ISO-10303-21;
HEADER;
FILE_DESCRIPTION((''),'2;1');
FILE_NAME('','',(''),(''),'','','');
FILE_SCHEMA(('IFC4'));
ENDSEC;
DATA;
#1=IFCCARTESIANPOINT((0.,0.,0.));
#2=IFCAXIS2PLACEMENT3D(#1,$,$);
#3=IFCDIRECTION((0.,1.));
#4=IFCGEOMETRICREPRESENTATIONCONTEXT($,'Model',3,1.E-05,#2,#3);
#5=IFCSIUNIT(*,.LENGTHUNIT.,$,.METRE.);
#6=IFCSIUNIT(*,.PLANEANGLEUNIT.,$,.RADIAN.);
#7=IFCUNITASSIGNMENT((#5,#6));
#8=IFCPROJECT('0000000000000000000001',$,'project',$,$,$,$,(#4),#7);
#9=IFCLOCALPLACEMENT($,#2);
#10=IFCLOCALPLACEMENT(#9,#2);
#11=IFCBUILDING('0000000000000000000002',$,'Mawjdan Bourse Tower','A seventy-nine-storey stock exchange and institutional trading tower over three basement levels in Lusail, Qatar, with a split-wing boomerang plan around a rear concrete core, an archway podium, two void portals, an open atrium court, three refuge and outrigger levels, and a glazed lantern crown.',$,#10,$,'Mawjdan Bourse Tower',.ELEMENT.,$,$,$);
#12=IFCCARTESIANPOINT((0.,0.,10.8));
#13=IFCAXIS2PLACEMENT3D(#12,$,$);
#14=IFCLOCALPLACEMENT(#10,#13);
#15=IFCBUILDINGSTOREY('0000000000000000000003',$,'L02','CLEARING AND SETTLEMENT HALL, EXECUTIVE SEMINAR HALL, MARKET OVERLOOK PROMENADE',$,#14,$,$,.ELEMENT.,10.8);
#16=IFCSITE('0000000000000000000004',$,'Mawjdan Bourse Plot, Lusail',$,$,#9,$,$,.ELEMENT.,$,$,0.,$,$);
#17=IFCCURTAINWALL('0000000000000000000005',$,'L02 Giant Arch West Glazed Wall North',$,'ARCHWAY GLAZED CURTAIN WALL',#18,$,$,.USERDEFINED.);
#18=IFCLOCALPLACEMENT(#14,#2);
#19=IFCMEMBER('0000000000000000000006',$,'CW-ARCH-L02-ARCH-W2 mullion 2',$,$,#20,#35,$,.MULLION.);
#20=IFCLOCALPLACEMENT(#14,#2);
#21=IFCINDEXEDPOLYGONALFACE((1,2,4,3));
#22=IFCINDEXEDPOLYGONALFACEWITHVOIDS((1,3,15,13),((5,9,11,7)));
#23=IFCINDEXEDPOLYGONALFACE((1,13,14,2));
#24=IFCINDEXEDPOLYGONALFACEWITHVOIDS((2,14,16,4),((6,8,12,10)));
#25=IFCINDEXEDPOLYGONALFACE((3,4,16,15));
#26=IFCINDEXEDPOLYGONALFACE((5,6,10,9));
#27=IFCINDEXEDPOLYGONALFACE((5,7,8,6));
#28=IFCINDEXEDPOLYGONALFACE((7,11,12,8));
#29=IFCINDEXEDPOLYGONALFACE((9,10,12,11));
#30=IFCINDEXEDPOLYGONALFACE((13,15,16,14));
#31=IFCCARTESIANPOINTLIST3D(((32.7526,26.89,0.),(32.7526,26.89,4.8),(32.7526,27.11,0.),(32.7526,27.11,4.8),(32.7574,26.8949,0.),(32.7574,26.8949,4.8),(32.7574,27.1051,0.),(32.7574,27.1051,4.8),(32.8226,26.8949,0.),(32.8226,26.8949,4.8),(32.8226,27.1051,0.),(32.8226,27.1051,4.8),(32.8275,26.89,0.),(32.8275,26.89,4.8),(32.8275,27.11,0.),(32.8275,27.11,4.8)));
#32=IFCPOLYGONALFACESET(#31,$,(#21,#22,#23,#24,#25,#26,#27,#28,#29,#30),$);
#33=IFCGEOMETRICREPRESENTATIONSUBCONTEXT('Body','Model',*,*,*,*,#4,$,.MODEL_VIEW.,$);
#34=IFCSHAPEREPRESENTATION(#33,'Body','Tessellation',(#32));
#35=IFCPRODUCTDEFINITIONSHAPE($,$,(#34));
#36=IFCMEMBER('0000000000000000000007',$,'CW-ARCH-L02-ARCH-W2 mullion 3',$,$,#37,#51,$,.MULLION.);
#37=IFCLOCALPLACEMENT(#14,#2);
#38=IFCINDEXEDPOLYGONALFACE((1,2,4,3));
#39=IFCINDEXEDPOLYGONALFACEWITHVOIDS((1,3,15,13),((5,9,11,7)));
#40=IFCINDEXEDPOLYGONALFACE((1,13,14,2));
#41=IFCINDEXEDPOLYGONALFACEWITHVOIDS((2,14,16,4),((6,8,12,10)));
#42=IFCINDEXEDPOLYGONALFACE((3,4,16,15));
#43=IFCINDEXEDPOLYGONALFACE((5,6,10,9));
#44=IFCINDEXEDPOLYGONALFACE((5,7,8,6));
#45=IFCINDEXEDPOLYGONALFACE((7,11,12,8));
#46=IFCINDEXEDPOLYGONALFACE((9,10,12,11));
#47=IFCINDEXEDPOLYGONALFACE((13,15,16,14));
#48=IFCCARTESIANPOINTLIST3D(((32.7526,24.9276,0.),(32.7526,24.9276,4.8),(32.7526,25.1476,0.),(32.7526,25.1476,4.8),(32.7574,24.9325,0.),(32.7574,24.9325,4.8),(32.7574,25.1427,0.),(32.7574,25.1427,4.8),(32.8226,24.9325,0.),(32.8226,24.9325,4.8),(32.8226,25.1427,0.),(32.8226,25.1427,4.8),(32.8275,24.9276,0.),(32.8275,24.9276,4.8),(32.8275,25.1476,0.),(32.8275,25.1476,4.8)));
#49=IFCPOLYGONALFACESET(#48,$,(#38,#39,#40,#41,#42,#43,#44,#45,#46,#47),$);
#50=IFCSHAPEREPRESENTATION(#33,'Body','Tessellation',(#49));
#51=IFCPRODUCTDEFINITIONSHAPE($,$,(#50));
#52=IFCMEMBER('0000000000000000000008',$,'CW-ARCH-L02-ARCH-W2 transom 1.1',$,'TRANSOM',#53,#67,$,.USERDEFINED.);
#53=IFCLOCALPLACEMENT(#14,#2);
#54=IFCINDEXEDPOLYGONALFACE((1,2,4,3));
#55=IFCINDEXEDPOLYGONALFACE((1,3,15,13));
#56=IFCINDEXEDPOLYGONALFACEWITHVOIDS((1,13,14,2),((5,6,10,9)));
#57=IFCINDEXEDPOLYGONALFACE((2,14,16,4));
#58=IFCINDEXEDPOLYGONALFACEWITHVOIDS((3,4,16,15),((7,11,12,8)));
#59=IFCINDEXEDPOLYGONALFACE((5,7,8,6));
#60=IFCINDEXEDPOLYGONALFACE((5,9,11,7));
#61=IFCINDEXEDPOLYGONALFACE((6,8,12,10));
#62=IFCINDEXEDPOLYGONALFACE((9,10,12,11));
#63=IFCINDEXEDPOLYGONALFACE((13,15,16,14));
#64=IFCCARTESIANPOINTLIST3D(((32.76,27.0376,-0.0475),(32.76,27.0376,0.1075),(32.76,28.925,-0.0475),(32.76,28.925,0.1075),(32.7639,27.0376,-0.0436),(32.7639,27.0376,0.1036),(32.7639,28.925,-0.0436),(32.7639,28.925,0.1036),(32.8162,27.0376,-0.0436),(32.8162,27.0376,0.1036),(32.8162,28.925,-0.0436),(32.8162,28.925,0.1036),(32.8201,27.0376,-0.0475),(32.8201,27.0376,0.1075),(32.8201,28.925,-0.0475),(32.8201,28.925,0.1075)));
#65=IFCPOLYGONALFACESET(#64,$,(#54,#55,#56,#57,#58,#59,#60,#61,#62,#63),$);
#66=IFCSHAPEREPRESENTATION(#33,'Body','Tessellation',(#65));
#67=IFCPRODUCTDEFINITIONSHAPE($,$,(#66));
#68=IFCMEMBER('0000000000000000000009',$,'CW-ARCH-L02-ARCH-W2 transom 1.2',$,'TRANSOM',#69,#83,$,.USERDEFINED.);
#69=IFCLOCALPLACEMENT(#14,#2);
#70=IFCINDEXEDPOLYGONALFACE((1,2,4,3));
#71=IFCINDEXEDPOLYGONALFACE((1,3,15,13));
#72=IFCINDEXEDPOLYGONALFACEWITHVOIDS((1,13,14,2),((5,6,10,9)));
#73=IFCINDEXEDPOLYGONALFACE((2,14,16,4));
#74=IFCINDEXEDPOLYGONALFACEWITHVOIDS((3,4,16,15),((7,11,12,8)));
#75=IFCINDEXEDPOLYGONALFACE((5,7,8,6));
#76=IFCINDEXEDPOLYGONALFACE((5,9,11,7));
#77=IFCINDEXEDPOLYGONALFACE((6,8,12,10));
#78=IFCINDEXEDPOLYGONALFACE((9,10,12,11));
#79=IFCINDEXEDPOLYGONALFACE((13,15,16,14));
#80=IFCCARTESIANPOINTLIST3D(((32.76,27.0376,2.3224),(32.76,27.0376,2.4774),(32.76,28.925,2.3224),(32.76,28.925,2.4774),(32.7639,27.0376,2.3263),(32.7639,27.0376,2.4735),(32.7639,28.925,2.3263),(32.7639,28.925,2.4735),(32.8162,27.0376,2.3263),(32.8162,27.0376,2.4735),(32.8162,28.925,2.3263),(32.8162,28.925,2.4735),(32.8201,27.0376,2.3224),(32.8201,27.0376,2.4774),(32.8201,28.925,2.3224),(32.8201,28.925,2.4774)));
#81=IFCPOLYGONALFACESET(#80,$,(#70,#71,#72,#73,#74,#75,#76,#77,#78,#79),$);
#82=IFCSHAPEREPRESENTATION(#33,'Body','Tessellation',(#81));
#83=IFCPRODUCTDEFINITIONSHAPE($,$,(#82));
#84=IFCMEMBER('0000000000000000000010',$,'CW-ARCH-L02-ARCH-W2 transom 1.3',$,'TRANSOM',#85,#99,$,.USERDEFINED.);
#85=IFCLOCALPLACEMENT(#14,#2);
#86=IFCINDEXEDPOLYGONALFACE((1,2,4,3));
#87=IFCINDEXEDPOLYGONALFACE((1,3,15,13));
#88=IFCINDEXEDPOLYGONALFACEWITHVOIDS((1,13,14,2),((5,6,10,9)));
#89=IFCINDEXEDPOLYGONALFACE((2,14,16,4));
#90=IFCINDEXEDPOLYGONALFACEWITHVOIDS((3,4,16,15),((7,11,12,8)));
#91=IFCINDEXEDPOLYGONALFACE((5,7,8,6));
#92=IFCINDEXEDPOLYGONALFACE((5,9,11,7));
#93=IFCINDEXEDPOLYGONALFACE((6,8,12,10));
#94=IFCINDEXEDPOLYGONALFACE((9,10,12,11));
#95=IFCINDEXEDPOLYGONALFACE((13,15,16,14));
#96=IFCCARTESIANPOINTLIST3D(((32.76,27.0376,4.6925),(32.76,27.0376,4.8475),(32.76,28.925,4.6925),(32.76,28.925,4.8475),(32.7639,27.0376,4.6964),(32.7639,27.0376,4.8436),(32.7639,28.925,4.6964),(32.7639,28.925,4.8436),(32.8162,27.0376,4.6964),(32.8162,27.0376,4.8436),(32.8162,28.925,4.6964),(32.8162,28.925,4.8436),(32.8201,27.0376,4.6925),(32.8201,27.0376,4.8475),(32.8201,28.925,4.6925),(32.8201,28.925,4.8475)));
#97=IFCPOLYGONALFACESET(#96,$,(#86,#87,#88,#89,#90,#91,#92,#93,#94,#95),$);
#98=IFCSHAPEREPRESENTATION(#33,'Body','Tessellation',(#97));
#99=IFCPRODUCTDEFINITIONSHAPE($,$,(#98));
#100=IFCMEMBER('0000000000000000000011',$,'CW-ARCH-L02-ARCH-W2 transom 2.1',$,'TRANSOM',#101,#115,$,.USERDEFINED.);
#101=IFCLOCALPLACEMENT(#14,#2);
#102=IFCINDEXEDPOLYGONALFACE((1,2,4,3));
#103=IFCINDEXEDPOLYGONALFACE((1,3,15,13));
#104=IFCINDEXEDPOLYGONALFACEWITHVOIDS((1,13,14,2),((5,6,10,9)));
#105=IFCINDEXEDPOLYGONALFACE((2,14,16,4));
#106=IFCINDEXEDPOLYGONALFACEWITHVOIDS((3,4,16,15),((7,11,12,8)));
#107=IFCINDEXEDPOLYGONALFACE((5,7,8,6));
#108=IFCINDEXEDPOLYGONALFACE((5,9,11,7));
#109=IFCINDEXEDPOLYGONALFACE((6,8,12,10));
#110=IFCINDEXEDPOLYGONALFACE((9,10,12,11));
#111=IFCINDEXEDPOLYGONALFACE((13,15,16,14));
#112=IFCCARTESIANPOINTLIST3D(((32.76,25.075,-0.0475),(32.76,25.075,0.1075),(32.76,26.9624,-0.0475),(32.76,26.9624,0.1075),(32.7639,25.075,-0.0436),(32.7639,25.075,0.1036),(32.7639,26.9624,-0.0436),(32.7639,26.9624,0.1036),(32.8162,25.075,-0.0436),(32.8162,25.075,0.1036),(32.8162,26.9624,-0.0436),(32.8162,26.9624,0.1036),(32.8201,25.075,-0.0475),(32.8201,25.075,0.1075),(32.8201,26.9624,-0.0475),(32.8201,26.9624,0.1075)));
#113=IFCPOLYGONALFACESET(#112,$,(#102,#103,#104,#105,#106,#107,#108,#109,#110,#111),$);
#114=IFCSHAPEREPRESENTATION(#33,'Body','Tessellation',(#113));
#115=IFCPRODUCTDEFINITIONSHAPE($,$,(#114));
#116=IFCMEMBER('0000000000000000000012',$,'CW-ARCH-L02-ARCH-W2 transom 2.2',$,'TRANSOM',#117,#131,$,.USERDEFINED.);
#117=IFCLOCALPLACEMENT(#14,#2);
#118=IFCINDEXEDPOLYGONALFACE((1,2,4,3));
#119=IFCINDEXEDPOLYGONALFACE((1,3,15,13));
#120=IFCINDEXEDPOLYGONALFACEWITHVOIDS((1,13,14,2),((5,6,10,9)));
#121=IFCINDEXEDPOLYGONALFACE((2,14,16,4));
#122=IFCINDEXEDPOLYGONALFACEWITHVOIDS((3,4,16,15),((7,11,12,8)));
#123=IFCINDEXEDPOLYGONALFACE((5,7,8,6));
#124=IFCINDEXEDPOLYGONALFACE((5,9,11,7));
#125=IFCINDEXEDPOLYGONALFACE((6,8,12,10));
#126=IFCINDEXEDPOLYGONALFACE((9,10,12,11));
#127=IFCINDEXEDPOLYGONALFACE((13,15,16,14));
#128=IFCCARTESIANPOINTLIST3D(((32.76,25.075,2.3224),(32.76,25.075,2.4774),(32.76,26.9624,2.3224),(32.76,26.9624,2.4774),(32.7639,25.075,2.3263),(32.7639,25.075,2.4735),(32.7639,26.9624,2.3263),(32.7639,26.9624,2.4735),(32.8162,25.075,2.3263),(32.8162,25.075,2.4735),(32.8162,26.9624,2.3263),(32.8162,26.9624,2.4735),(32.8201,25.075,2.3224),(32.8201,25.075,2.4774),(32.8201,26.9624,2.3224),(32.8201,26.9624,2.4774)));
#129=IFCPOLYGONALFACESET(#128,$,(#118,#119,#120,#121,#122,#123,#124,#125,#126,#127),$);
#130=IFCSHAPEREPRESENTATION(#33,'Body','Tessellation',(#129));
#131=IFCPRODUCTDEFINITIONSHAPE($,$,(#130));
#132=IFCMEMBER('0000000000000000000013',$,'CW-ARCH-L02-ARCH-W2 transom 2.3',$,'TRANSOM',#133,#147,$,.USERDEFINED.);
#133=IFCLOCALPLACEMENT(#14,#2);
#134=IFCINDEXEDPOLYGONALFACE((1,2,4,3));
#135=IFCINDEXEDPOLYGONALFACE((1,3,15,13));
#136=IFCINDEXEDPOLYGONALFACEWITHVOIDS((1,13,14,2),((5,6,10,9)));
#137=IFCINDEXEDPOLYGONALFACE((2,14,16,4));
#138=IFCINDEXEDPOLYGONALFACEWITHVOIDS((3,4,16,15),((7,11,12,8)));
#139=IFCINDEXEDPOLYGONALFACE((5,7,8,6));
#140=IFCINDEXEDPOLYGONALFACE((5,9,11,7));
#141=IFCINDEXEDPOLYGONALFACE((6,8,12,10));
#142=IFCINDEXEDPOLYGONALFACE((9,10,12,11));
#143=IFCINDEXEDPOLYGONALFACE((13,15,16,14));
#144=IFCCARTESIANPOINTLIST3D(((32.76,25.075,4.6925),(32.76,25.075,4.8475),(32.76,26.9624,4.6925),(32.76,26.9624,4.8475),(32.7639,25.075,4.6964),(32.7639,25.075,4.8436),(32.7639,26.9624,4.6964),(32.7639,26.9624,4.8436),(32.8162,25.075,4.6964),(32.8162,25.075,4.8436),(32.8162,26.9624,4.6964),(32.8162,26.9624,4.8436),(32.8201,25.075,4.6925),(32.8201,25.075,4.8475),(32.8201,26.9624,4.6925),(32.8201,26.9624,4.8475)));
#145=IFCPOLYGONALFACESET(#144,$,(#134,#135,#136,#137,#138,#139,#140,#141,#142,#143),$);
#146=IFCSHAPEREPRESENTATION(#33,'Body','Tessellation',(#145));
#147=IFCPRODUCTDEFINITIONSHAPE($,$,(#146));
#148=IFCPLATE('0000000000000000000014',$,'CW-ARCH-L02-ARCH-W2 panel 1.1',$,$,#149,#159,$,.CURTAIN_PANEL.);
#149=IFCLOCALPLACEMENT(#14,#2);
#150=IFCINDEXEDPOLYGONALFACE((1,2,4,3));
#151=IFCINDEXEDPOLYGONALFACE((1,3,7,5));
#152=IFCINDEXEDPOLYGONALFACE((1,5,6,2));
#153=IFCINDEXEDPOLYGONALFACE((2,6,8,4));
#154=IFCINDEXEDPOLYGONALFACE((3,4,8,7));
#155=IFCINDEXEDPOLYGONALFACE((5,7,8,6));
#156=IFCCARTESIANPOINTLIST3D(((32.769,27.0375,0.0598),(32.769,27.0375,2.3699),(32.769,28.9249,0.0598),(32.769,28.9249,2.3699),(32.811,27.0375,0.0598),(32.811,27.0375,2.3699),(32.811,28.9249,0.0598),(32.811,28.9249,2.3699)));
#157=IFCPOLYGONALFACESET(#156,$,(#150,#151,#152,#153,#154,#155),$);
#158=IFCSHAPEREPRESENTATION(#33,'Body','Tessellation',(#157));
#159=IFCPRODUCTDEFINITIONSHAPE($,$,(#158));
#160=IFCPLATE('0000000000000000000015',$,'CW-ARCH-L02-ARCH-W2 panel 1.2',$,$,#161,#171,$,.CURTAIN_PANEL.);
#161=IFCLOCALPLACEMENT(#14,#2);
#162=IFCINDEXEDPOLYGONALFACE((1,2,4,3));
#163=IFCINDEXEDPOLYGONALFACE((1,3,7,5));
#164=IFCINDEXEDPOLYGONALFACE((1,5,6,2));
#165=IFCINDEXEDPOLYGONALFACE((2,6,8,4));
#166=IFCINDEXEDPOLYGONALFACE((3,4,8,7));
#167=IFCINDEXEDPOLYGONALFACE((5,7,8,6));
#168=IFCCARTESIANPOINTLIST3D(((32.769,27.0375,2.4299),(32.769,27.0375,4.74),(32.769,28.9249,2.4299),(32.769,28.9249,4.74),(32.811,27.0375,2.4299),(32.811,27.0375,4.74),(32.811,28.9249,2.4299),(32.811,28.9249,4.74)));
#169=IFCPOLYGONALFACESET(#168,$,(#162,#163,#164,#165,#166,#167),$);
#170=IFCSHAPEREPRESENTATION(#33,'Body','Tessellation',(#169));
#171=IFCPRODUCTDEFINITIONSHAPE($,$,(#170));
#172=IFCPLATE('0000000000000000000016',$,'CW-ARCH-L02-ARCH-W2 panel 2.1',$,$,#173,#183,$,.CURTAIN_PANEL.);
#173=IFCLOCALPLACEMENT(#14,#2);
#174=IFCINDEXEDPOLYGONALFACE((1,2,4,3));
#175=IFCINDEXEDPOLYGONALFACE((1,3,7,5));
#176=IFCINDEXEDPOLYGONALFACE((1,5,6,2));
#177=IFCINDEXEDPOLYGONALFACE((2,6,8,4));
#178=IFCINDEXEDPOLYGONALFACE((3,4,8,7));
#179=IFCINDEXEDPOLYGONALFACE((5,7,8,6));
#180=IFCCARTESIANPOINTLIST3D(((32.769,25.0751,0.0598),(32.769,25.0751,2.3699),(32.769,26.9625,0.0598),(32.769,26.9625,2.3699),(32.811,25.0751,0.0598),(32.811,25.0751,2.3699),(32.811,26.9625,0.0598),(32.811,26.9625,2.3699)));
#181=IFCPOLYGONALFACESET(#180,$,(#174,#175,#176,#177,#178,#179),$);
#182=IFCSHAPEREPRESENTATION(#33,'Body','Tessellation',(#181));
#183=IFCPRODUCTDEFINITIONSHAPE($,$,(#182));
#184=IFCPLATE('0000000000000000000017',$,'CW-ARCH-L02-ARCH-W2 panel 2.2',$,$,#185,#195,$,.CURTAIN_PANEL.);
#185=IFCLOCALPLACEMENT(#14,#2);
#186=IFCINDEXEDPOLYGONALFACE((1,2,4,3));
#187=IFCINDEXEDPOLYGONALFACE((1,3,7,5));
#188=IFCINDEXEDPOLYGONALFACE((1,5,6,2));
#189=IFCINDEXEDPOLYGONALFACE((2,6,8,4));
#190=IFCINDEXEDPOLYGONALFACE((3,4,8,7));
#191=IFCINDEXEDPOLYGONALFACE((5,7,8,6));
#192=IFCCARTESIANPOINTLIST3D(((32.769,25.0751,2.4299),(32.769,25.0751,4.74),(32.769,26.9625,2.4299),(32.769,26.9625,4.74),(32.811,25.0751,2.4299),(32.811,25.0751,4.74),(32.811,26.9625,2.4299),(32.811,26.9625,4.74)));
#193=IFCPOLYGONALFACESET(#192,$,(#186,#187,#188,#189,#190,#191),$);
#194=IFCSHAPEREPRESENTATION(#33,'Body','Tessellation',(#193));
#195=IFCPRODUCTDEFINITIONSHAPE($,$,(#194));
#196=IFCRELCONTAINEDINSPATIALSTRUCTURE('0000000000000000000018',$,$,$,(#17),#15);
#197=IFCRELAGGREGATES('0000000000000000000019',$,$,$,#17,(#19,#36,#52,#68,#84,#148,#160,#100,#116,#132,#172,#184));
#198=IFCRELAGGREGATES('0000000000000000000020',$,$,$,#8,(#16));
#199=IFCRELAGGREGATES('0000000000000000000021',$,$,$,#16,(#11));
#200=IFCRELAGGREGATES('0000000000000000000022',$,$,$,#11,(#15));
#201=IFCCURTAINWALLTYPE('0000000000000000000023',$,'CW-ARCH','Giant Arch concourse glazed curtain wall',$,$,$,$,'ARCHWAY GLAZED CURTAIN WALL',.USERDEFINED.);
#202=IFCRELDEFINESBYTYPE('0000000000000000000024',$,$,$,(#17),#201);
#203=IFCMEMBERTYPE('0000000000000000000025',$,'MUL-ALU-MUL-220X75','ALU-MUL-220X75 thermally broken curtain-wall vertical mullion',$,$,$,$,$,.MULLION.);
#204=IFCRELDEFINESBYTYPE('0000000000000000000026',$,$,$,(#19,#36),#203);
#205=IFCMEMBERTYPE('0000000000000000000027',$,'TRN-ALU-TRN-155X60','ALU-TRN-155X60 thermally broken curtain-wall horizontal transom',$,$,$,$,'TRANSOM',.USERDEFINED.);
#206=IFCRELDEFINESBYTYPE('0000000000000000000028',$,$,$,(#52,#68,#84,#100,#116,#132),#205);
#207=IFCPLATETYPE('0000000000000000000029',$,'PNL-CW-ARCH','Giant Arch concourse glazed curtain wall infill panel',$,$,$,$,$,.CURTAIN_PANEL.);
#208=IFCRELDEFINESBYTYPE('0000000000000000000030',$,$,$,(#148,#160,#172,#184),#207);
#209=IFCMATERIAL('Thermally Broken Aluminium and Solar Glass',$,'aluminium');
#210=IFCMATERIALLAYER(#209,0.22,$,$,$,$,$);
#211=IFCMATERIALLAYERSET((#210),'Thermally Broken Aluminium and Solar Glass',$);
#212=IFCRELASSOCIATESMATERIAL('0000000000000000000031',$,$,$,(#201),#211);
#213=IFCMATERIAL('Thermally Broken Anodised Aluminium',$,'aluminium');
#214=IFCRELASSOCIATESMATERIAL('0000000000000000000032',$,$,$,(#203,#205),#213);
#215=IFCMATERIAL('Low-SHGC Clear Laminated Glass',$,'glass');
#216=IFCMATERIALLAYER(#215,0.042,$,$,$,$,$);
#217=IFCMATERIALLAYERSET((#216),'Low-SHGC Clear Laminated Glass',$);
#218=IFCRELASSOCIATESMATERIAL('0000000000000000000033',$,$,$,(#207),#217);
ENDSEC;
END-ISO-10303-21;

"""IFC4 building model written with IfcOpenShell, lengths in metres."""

from ifc_helpers import new_model, si_unit, direction, frame, origin, origin_2d, place, context, subcontext, project, spatial, rectangle, hollow_rectangle, extrude, material, layer, layer_set, material_profile, profile_set, type_object, element, aggregate, save


model = new_model("IFC4")

# Units and contexts
model_context = context("Model", 3, precision=1e-05, world=origin(), true_north=direction((0.0, 1.0)))
body_context = subcontext(model_context, "Body", "Model", "MODEL_VIEW")
ifc_project = project(units=[si_unit("LENGTHUNIT", "METRE"), si_unit("PLANEANGLEUNIT", "RADIAN")], contexts=[model_context])

# Site, building, storey
site_placement = place(None, origin())
site = spatial("IfcSite", under=ifc_project, at=site_placement, Name="Mawjdan Bourse Plot, Lusail", CompositionType="ELEMENT", RefElevation=0.0)
building_placement = place(site_placement, origin())
building = spatial("IfcBuilding", under=site, at=building_placement, Name="Mawjdan Bourse Tower", Description="A seventy-nine-storey stock exchange and institutional trading tower over three basement levels in Lusail, Qatar, with a split-wing boomerang plan around a rear concrete core, an archway podium, two void portals, an open atrium court, three refuge and outrigger levels, and a glazed lantern crown.", LongName="Mawjdan Bourse Tower", CompositionType="ELEMENT")
storey_placement = place(building_placement, frame((0.0, 0.0, 10.8)))
storey = spatial("IfcBuildingStorey", under=building, at=storey_placement, Name="L02", Description="CLEARING AND SETTLEMENT HALL, EXECUTIVE SEMINAR HALL, MARKET OVERLOOK PROMENADE", CompositionType="ELEMENT", Elevation=10.8)

# Curtain wall, members, plates
ifc_material_1 = material(Name="Thermally Broken Aluminium and Solar Glass", Category="aluminium")
ifc_layer_1 = layer(ifc_material_1, 0.22)
ifc_layer_set_1 = layer_set([ifc_layer_1], Name="Thermally Broken Aluminium and Solar Glass")
curtain_wall_type = type_object("IfcCurtainWallType", Name="CW-ARCH", Description="Giant Arch concourse glazed curtain wall", ElementType="ARCHWAY GLAZED CURTAIN WALL", PredefinedType="USERDEFINED", material=ifc_layer_set_1)
curtain_wall_placement = place(storey_placement, origin())
curtain_wall = element("IfcCurtainWall", 1, at=curtain_wall_placement, inside=storey, type_object=curtain_wall_type, Name="L02 Giant Arch West Glazed Wall North", ObjectType="ARCHWAY GLAZED CURTAIN WALL", PredefinedType="USERDEFINED")
ifc_material_2 = material(Name="Thermally Broken Anodised Aluminium", Category="aluminium")
ifc_material_profile_1 = material_profile(ifc_material_2, hollow_rectangle(XDim=0.075, YDim=0.22, WallThickness=0.0049, at=origin_2d()), Name="ALU-MUL-220X75")
ifc_profile_set_1 = profile_set([ifc_material_profile_1], Name="Thermally Broken Anodised Aluminium")
member_type_1 = type_object("IfcMemberType", Name="MUL-ALU-MUL-220X75", Description="ALU-MUL-220X75 thermally broken curtain-wall vertical mullion", PredefinedType="MULLION", material=ifc_profile_set_1)
member_1_placement = place(storey_placement, frame((32.79, 27.0, 0.0), z_axis=(0.0, 0.0, 1.0), x_axis=(1.0, 0.0, 0.0)))
member_1 = element("IfcMember", 2, at=member_1_placement, type_object=member_type_1, Name="CW-ARCH-L02-ARCH-W2 mullion 2", PredefinedType="MULLION", context=body_context, shape_type="SweptSolid", body=[
    extrude(hollow_rectangle(XDim=0.075, YDim=0.22, WallThickness=0.0049, at=origin_2d()), origin(), (0.0, 0.0, 1.0), 4.8),
])
member_2_placement = place(storey_placement, frame((32.79, 25.0376, 0.0), z_axis=(0.0, 0.0, 1.0), x_axis=(1.0, 0.0, 0.0)))
member_2 = element("IfcMember", 3, at=member_2_placement, type_object=member_type_1, Name="CW-ARCH-L02-ARCH-W2 mullion 3", PredefinedType="MULLION", context=body_context, shape_type="SweptSolid", body=[
    extrude(hollow_rectangle(XDim=0.075, YDim=0.22, WallThickness=0.0049, at=origin_2d()), origin(), (0.0, 0.0, 1.0), 4.8),
])
ifc_material_profile_2 = material_profile(ifc_material_2, hollow_rectangle(XDim=0.0601, YDim=0.155, WallThickness=0.0039, at=origin_2d()), Name="ALU-TRN-155X60")
ifc_profile_set_2 = profile_set([ifc_material_profile_2], Name="Thermally Broken Anodised Aluminium")
member_type_2 = type_object("IfcMemberType", Name="TRN-ALU-TRN-155X60", Description="ALU-TRN-155X60 thermally broken curtain-wall horizontal transom", ElementType="TRANSOM", PredefinedType="USERDEFINED", material=ifc_profile_set_2)
member_3_placement = place(storey_placement, frame((32.79, 28.925, 0.03), z_axis=(0.0, -1.0, 0.0), x_axis=(1.0, 0.0, 0.0)))
member_3 = element("IfcMember", 4, at=member_3_placement, type_object=member_type_2, Name="CW-ARCH-L02-ARCH-W2 transom 1.1", ObjectType="TRANSOM", PredefinedType="USERDEFINED", context=body_context, shape_type="SweptSolid", body=[
    extrude(hollow_rectangle(XDim=0.0601, YDim=0.155, WallThickness=0.0039, at=origin_2d()), origin(), (0.0, 0.0, 1.0), 1.8875),
])
member_4_placement = place(storey_placement, frame((32.79, 28.925, 2.3999), z_axis=(0.0, -1.0, 0.0), x_axis=(1.0, 0.0, 0.0)))
member_4 = element("IfcMember", 5, at=member_4_placement, type_object=member_type_2, Name="CW-ARCH-L02-ARCH-W2 transom 1.2", ObjectType="TRANSOM", PredefinedType="USERDEFINED", context=body_context, shape_type="SweptSolid", body=[
    extrude(hollow_rectangle(XDim=0.0601, YDim=0.155, WallThickness=0.0039, at=origin_2d()), origin(), (0.0, 0.0, 1.0), 1.8875),
])
member_5_placement = place(storey_placement, frame((32.79, 28.925, 4.77), z_axis=(0.0, -1.0, 0.0), x_axis=(1.0, 0.0, 0.0)))
member_5 = element("IfcMember", 6, at=member_5_placement, type_object=member_type_2, Name="CW-ARCH-L02-ARCH-W2 transom 1.3", ObjectType="TRANSOM", PredefinedType="USERDEFINED", context=body_context, shape_type="SweptSolid", body=[
    extrude(hollow_rectangle(XDim=0.0601, YDim=0.155, WallThickness=0.0039, at=origin_2d()), origin(), (0.0, 0.0, 1.0), 1.8875),
])
member_6_placement = place(storey_placement, frame((32.79, 26.9624, 0.03), z_axis=(0.0, -1.0, 0.0), x_axis=(1.0, 0.0, 0.0)))
member_6 = element("IfcMember", 7, at=member_6_placement, type_object=member_type_2, Name="CW-ARCH-L02-ARCH-W2 transom 2.1", ObjectType="TRANSOM", PredefinedType="USERDEFINED", context=body_context, shape_type="SweptSolid", body=[
    extrude(hollow_rectangle(XDim=0.0601, YDim=0.155, WallThickness=0.0039, at=origin_2d()), origin(), (0.0, 0.0, 1.0), 1.8875),
])
member_7_placement = place(storey_placement, frame((32.79, 26.9624, 2.3999), z_axis=(0.0, -1.0, 0.0), x_axis=(1.0, 0.0, 0.0)))
member_7 = element("IfcMember", 8, at=member_7_placement, type_object=member_type_2, Name="CW-ARCH-L02-ARCH-W2 transom 2.2", ObjectType="TRANSOM", PredefinedType="USERDEFINED", context=body_context, shape_type="SweptSolid", body=[
    extrude(hollow_rectangle(XDim=0.0601, YDim=0.155, WallThickness=0.0039, at=origin_2d()), origin(), (0.0, 0.0, 1.0), 1.8875),
])
member_8_placement = place(storey_placement, frame((32.79, 26.9624, 4.77), z_axis=(0.0, -1.0, 0.0), x_axis=(1.0, 0.0, 0.0)))
member_8 = element("IfcMember", 9, at=member_8_placement, type_object=member_type_2, Name="CW-ARCH-L02-ARCH-W2 transom 2.3", ObjectType="TRANSOM", PredefinedType="USERDEFINED", context=body_context, shape_type="SweptSolid", body=[
    extrude(hollow_rectangle(XDim=0.0601, YDim=0.155, WallThickness=0.0039, at=origin_2d()), origin(), (0.0, 0.0, 1.0), 1.8875),
])
ifc_material_3 = material(Name="Low-SHGC Clear Laminated Glass", Category="glass")
ifc_layer_2 = layer(ifc_material_3, 0.042)
ifc_layer_set_2 = layer_set([ifc_layer_2], Name="Low-SHGC Clear Laminated Glass")
plate_type = type_object("IfcPlateType", Name="PNL-CW-ARCH", Description="Giant Arch concourse glazed curtain wall infill panel", PredefinedType="CURTAIN_PANEL", material=ifc_layer_set_2)
plate_1_placement = place(storey_placement, frame((32.79, 27.9812, 0.0598), z_axis=(0.0, 0.0, 1.0), x_axis=(0.0, -1.0, 0.0)))
plate_1 = element("IfcPlate", 10, at=plate_1_placement, type_object=plate_type, Name="CW-ARCH-L02-ARCH-W2 panel 1.1", PredefinedType="CURTAIN_PANEL", context=body_context, shape_type="SweptSolid", body=[
    extrude(rectangle(XDim=1.8875, YDim=0.042, at=origin_2d()), origin(), (0.0, 0.0, 1.0), 2.3101),
])
plate_2_placement = place(storey_placement, frame((32.79, 27.9812, 2.4299), z_axis=(0.0, 0.0, 1.0), x_axis=(0.0, -1.0, 0.0)))
plate_2 = element("IfcPlate", 11, at=plate_2_placement, type_object=plate_type, Name="CW-ARCH-L02-ARCH-W2 panel 1.2", PredefinedType="CURTAIN_PANEL", context=body_context, shape_type="SweptSolid", body=[
    extrude(rectangle(XDim=1.8875, YDim=0.042, at=origin_2d()), origin(), (0.0, 0.0, 1.0), 2.3101),
])
plate_3_placement = place(storey_placement, frame((32.79, 26.0188, 0.0598), z_axis=(0.0, 0.0, 1.0), x_axis=(0.0, -1.0, 0.0)))
plate_3 = element("IfcPlate", 12, at=plate_3_placement, type_object=plate_type, Name="CW-ARCH-L02-ARCH-W2 panel 2.1", PredefinedType="CURTAIN_PANEL", context=body_context, shape_type="SweptSolid", body=[
    extrude(rectangle(XDim=1.8875, YDim=0.042, at=origin_2d()), origin(), (0.0, 0.0, 1.0), 2.3101),
])
plate_4_placement = place(storey_placement, frame((32.79, 26.0188, 2.4299), z_axis=(0.0, 0.0, 1.0), x_axis=(0.0, -1.0, 0.0)))
plate_4 = element("IfcPlate", 13, at=plate_4_placement, type_object=plate_type, Name="CW-ARCH-L02-ARCH-W2 panel 2.2", PredefinedType="CURTAIN_PANEL", context=body_context, shape_type="SweptSolid", body=[
    extrude(rectangle(XDim=1.8875, YDim=0.042, at=origin_2d()), origin(), (0.0, 0.0, 1.0), 2.3101),
])
aggregate(curtain_wall, [member_1, member_2, member_3, member_4, member_5, plate_1, plate_2, member_6, member_7, member_8, plate_3, plate_4])

save(model, "model.ifc")
